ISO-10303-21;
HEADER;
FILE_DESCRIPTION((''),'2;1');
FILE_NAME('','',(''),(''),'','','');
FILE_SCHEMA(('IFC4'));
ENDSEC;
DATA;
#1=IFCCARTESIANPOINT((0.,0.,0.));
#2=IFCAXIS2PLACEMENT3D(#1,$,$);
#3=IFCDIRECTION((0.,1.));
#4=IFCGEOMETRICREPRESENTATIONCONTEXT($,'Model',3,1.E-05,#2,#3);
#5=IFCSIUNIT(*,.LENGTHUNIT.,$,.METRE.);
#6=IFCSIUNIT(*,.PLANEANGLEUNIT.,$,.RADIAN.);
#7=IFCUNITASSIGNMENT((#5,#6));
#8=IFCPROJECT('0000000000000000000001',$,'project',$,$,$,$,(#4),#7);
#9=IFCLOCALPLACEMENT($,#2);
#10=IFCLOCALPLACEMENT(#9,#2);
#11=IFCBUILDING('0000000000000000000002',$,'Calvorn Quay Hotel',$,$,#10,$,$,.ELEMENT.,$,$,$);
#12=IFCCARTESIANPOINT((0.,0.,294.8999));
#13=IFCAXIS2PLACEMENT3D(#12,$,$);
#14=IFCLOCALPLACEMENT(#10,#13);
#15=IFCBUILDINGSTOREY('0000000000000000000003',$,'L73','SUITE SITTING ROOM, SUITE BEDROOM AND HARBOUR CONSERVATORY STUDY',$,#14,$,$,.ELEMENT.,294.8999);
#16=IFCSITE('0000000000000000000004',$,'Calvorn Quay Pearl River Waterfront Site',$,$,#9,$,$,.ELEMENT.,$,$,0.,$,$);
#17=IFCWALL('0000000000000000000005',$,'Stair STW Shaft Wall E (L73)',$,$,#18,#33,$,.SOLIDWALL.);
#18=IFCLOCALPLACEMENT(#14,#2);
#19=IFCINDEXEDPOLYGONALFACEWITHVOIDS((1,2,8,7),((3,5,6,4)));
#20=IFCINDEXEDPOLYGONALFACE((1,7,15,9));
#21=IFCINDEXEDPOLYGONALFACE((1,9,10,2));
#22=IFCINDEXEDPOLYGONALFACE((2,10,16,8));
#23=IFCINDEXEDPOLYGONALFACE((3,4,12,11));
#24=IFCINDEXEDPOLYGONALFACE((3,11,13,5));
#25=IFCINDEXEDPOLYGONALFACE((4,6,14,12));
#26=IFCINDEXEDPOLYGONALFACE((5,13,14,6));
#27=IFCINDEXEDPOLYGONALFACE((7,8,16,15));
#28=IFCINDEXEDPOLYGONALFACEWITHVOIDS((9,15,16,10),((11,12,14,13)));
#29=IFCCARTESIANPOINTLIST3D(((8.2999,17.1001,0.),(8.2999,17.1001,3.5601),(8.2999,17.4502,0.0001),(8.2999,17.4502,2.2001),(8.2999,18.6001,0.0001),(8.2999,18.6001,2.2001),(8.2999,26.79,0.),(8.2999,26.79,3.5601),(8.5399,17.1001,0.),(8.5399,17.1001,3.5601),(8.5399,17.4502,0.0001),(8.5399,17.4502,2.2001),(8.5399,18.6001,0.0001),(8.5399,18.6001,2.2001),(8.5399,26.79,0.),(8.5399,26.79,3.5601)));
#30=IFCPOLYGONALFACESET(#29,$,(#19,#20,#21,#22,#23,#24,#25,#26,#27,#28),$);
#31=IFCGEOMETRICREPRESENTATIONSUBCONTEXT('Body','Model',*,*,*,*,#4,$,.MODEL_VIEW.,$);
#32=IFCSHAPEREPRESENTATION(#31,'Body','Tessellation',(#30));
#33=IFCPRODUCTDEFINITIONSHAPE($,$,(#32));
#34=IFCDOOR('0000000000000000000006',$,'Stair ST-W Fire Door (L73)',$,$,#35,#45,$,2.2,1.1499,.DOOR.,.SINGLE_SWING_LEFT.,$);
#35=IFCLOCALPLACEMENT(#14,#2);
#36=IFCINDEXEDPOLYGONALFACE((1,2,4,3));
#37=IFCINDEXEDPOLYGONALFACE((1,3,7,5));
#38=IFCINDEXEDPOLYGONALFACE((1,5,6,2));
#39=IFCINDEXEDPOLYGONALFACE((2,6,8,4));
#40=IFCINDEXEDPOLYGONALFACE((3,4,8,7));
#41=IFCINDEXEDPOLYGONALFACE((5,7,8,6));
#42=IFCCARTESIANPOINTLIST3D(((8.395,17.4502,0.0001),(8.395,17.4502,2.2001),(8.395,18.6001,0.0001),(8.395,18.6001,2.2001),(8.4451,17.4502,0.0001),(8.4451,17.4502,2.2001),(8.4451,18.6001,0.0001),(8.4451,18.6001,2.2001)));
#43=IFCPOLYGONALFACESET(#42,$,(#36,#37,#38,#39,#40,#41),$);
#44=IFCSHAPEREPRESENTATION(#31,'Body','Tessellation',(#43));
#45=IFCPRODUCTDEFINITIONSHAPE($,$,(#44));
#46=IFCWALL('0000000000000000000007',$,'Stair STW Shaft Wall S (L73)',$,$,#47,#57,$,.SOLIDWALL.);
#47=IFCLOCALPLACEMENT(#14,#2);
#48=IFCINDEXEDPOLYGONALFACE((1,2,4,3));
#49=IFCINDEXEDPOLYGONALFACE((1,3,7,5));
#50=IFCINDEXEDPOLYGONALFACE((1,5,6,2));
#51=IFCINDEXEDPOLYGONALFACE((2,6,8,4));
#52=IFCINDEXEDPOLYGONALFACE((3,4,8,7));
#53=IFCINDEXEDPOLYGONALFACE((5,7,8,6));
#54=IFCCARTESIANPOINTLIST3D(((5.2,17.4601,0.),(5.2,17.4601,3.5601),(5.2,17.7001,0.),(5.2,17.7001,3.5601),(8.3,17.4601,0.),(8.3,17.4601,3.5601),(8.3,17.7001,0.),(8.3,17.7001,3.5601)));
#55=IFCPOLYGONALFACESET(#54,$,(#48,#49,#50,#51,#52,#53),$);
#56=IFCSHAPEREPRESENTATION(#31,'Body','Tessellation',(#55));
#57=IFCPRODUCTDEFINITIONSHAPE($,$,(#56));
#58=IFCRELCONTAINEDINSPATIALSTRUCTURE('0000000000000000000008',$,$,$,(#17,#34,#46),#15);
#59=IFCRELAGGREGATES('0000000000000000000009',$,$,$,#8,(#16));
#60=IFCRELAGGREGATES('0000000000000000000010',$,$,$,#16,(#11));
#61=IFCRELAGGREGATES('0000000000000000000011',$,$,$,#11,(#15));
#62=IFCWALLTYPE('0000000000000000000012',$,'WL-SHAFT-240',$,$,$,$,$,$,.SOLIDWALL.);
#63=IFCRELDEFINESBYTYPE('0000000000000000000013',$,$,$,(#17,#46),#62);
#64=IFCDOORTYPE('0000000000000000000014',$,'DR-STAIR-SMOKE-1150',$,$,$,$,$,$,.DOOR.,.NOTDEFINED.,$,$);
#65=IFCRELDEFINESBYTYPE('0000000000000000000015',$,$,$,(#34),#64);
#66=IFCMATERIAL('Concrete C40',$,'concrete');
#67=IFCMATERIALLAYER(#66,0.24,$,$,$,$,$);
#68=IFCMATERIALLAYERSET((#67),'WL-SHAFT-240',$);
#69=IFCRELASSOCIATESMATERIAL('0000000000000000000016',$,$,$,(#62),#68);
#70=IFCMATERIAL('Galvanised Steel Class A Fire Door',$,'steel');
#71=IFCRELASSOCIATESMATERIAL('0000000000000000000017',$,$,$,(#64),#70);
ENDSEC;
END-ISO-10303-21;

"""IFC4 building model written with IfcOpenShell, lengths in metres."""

from ifc_helpers import new_model, si_unit, direction, frame, frame_2d, origin, place, context, subcontext, project, spatial, rectangle, extrude, material, layer, layer_set, type_object, element, fill, save


model = new_model("IFC4")

# Units and contexts
model_context = context("Model", 3, precision=1e-05, world=origin(), true_north=direction((0.0, 1.0)))
body_context = subcontext(model_context, "Body", "Model", "MODEL_VIEW")
ifc_project = project(units=[si_unit("LENGTHUNIT", "METRE"), si_unit("PLANEANGLEUNIT", "RADIAN")], contexts=[model_context])

# Site, building, storey
site_placement = place(None, origin())
site = spatial("IfcSite", under=ifc_project, at=site_placement, Name="Calvorn Quay Pearl River Waterfront Site", CompositionType="ELEMENT", RefElevation=0.0)
building_placement = place(site_placement, origin())
building = spatial("IfcBuilding", under=site, at=building_placement, Name="Calvorn Quay Hotel", CompositionType="ELEMENT")
storey_placement = place(building_placement, frame((0.0, 0.0, 294.8999)))
storey = spatial("IfcBuildingStorey", under=building, at=storey_placement, Name="L73", Description="SUITE SITTING ROOM, SUITE BEDROOM AND HARBOUR CONSERVATORY STUDY", CompositionType="ELEMENT", Elevation=294.8999)

# Shared definitions
ifc_material_1 = material(Name="Concrete C40", Category="concrete")
ifc_layer_1 = layer(ifc_material_1, 0.24)
ifc_layer_set_1 = layer_set([ifc_layer_1], Name="WL-SHAFT-240")
wall_type_1 = type_object("IfcWallType", Name="WL-SHAFT-240", PredefinedType="SOLIDWALL", material=ifc_layer_set_1)

# Wall, opening, door
wall_1_placement = place(storey_placement, frame((8.4199, 17.1001, 0.0), z_axis=(0.0, 0.0, 1.0), x_axis=(0.0, 1.0, 0.0)))
wall_1 = element("IfcWall", 1, at=wall_1_placement, inside=storey, type_object=wall_type_1, Name="Stair STW Shaft Wall E (L73)", PredefinedType="SOLIDWALL", context=body_context, shape_type="SweptSolid", body=[
    extrude(rectangle(XDim=9.6899, YDim=0.24, at=frame_2d((4.845, 0.0))), origin(), (0.0, 0.0, 1.0), 3.5601),
])
opening_1_placement = place(wall_1_placement, frame((0.3501, 0.0, 0.0)))
opening_1 = element("IfcOpeningElement", 2, at=opening_1_placement, cuts=wall_1, PredefinedType="OPENING", context=body_context, shape_type="SweptSolid", body=[
    extrude(rectangle(XDim=1.1499, YDim=2.2, at=frame_2d((0.575, 1.1001))), frame((0.0, 0.1299, 0.0), z_axis=(0.0, -1.0, 0.0), x_axis=(1.0, 0.0, 0.0)), (0.0, 0.0, 1.0), 0.26),
])
ifc_material_2 = material(Name="Galvanised Steel Class A Fire Door", Category="steel")
door_type_1 = type_object("IfcDoorType", Name="DR-STAIR-SMOKE-1150", OperationType="NOTDEFINED", PredefinedType="DOOR", material=ifc_material_2)
door_1_placement = place(opening_1_placement, origin())
door_1 = element("IfcDoor", 3, at=door_1_placement, inside=storey, type_object=door_type_1, Name="Stair ST-W Fire Door (L73)", OperationType="SINGLE_SWING_LEFT", OverallHeight=2.2, OverallWidth=1.1499, PredefinedType="DOOR", context=body_context, shape_type="SweptSolid", body=[
    extrude(rectangle(XDim=1.1499, YDim=2.2, at=frame_2d((0.575, 1.1001))), frame((0.0, 0.0249, 0.0), z_axis=(0.0, -1.0, 0.0), x_axis=(1.0, 0.0, 0.0)), (0.0, 0.0, 1.0), 0.05),
])
fill(opening_1, door_1)

# Wall
wall_2_placement = place(storey_placement, frame((5.2, 17.5801, 0.0), z_axis=(0.0, 0.0, 1.0), x_axis=(1.0, 0.0, 0.0)))
element("IfcWall", 4, at=wall_2_placement, inside=storey, type_object=wall_type_1, Name="Stair STW Shaft Wall S (L73)", PredefinedType="SOLIDWALL", context=body_context, shape_type="SweptSolid", body=[
    extrude(rectangle(XDim=3.1001, YDim=0.24, at=frame_2d((1.55, 0.0))), origin(), (0.0, 0.0, 1.0), 3.5601),
])

save(model, "model.ifc")
